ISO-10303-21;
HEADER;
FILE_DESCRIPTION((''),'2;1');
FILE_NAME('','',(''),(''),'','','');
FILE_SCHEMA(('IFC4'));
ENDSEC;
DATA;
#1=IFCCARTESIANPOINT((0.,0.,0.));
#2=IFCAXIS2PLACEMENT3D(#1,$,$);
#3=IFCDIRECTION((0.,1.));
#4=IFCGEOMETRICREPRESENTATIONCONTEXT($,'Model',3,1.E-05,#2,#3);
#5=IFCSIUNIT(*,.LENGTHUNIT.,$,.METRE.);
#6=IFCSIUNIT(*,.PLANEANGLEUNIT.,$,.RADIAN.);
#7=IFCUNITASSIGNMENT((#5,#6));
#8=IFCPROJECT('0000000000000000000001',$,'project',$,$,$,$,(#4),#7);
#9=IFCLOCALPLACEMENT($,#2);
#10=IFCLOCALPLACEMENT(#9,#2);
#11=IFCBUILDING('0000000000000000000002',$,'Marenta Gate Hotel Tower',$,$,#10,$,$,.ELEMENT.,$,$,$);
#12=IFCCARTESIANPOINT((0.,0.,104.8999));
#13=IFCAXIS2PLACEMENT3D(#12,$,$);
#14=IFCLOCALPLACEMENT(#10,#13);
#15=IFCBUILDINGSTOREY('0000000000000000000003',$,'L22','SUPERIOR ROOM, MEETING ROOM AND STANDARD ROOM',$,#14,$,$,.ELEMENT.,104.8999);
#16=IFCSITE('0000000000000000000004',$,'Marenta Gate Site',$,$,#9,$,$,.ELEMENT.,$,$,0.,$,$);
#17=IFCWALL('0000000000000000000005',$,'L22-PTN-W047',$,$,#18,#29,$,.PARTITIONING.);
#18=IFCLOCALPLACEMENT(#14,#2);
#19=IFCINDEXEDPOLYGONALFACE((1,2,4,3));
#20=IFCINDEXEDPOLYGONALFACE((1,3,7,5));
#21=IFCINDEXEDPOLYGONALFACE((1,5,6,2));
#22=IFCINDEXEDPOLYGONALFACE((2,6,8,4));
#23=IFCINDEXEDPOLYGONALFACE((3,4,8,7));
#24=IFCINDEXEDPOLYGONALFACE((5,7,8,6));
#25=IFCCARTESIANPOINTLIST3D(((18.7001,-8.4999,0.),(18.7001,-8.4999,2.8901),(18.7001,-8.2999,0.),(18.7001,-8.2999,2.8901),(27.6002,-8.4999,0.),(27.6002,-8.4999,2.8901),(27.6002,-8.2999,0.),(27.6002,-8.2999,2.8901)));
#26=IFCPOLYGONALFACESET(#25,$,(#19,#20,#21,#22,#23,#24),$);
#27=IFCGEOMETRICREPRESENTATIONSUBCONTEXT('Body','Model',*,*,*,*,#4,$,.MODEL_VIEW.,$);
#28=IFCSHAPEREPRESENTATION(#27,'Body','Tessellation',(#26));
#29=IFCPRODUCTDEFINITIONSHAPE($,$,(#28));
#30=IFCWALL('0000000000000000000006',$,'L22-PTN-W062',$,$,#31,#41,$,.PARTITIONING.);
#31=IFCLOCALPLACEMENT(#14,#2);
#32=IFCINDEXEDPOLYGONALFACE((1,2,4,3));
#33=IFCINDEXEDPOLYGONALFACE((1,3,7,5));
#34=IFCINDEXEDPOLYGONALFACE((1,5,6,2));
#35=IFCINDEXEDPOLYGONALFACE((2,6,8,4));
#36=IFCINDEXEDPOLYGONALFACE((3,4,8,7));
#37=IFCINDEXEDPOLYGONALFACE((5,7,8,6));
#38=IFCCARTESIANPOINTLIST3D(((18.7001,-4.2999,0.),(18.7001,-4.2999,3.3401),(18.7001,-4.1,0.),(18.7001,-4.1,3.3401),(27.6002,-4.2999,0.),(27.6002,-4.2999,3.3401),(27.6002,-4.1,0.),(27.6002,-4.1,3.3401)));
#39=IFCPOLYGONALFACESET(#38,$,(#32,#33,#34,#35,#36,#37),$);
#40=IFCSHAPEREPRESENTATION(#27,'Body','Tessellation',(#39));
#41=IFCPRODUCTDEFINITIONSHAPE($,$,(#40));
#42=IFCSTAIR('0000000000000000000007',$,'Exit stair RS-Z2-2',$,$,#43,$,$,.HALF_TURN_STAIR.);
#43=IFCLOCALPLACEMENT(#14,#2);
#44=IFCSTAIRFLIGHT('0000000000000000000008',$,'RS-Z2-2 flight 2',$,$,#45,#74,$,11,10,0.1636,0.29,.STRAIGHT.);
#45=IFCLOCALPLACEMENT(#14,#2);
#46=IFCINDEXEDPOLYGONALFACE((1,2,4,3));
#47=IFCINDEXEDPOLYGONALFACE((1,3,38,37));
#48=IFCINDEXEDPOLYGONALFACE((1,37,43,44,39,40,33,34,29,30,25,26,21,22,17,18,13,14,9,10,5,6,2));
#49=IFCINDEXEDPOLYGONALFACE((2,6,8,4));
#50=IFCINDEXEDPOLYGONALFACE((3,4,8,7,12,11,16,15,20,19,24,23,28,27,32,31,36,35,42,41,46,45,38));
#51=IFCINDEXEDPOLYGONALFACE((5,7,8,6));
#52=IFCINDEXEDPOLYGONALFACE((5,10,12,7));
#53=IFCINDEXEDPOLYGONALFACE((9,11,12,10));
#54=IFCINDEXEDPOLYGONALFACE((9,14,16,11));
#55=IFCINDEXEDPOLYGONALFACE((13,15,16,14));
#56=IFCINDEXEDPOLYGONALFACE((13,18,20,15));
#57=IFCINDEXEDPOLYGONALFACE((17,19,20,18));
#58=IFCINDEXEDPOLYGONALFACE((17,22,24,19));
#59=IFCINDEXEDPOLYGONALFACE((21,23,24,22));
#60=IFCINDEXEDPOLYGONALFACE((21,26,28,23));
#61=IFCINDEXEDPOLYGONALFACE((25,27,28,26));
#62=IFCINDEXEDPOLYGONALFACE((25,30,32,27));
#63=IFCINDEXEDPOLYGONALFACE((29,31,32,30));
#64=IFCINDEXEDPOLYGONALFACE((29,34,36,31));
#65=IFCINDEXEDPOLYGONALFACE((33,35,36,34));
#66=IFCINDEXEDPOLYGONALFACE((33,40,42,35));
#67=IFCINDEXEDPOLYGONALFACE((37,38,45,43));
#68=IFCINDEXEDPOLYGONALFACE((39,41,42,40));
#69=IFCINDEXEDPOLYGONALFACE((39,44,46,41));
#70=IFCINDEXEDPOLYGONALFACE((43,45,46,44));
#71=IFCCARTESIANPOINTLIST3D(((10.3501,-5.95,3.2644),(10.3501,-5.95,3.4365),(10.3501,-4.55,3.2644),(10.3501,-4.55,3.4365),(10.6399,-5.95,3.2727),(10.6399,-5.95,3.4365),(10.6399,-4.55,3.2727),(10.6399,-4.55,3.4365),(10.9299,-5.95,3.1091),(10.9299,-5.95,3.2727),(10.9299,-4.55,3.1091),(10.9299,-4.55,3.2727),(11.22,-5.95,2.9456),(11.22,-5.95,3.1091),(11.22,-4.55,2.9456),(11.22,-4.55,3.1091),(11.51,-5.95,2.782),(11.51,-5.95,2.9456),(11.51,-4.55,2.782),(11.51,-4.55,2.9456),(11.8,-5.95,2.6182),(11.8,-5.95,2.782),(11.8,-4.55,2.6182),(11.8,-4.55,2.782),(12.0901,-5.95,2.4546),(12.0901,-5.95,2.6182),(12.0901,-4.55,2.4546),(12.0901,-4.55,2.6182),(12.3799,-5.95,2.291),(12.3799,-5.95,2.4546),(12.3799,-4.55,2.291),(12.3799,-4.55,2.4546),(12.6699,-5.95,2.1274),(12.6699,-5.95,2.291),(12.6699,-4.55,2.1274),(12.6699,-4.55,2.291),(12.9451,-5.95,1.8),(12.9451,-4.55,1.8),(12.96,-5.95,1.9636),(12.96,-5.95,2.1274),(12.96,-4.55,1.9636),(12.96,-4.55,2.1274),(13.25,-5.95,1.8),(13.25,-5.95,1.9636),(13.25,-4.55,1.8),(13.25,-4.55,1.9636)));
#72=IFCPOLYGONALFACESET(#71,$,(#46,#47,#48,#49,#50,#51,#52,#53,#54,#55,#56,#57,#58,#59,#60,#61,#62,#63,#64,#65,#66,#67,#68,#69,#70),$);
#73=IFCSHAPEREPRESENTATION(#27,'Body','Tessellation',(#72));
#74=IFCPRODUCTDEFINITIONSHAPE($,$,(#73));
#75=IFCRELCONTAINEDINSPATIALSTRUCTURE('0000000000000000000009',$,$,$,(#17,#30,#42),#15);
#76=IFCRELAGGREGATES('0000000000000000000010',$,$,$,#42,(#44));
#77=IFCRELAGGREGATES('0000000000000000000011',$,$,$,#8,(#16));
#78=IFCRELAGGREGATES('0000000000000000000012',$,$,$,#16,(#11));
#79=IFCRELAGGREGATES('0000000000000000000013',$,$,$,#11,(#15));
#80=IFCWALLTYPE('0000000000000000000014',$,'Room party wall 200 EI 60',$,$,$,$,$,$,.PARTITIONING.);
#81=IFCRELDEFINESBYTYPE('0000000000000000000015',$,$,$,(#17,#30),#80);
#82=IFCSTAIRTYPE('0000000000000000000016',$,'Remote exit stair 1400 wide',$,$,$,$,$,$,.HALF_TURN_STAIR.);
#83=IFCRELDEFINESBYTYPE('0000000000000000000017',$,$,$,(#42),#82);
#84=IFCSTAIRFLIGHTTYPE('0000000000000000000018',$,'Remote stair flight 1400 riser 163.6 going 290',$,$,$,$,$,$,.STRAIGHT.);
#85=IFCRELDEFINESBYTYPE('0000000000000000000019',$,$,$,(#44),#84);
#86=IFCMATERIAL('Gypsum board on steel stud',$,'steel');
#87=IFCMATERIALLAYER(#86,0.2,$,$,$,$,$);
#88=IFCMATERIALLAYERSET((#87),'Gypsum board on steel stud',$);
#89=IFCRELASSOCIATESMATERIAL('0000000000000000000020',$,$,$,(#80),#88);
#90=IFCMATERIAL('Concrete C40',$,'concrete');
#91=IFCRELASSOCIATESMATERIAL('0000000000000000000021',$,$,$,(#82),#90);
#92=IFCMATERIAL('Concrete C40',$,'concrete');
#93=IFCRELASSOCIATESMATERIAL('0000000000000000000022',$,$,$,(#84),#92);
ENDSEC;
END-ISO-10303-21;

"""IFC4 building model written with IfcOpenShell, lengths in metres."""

from ifc_helpers import new_model, si_unit, direction, frame, frame_2d, origin, place, context, subcontext, project, spatial, polyline, rectangle, outline, extrude, material, layer, layer_set, type_object, element, aggregate, save


model = new_model("IFC4")

# Units and contexts
model_context = context("Model", 3, precision=1e-05, world=origin(), true_north=direction((0.0, 1.0)))
body_context = subcontext(model_context, "Body", "Model", "MODEL_VIEW")
ifc_project = project(units=[si_unit("LENGTHUNIT", "METRE"), si_unit("PLANEANGLEUNIT", "RADIAN")], contexts=[model_context])

# Site, building, storey
site_placement = place(None, origin())
site = spatial("IfcSite", under=ifc_project, at=site_placement, Name="Marenta Gate Site", CompositionType="ELEMENT", RefElevation=0.0)
building_placement = place(site_placement, origin())
building = spatial("IfcBuilding", under=site, at=building_placement, Name="Marenta Gate Hotel Tower", CompositionType="ELEMENT")
storey_placement = place(building_placement, frame((0.0, 0.0, 104.8999)))
storey = spatial("IfcBuildingStorey", under=building, at=storey_placement, Name="L22", Description="SUPERIOR ROOM, MEETING ROOM AND STANDARD ROOM", CompositionType="ELEMENT", Elevation=104.8999)

# Walls
ifc_material_1 = material(Name="Gypsum board on steel stud", Category="steel")
ifc_layer_1 = layer(ifc_material_1, 0.2)
ifc_layer_set_1 = layer_set([ifc_layer_1], Name="Gypsum board on steel stud")
wall_type_1 = type_object("IfcWallType", Name="Room party wall 200 EI 60", PredefinedType="PARTITIONING", material=ifc_layer_set_1)
wall_1_placement = place(storey_placement, frame((18.7, -8.3999, 0.0), z_axis=(0.0, 0.0, 1.0), x_axis=(1.0, 0.0, 0.0)))
element("IfcWall", 1, at=wall_1_placement, inside=storey, type_object=wall_type_1, Name="L22-PTN-W047", PredefinedType="PARTITIONING", context=body_context, shape_type="SweptSolid", body=[
    extrude(rectangle(XDim=8.9001, YDim=0.2, at=frame_2d((4.4502, 0.0))), origin(), (0.0, 0.0, 1.0), 2.8901),
])
wall_2_placement = place(storey_placement, frame((18.7, -4.2, 0.0), z_axis=(0.0, 0.0, 1.0), x_axis=(1.0, 0.0, 0.0)))
element("IfcWall", 2, at=wall_2_placement, inside=storey, type_object=wall_type_1, Name="L22-PTN-W062", PredefinedType="PARTITIONING", context=body_context, shape_type="SweptSolid", body=[
    extrude(rectangle(XDim=8.9001, YDim=0.2, at=frame_2d((4.4502, 0.0))), origin(), (0.0, 0.0, 1.0), 3.3401),
])

# Stair, stair flight
ifc_material_2 = material(Name="Concrete C40", Category="concrete")
stair_type = type_object("IfcStairType", Name="Remote exit stair 1400 wide", PredefinedType="HALF_TURN_STAIR", material=ifc_material_2)
stair_placement = place(storey_placement, origin())
stair = element("IfcStair", 3, at=stair_placement, inside=storey, type_object=stair_type, Name="Exit stair RS-Z2-2", PredefinedType="HALF_TURN_STAIR")
ifc_material_3 = material(Name="Concrete C40", Category="concrete")
stair_flight_type = type_object("IfcStairFlightType", Name="Remote stair flight 1400 riser 163.6 going 290", PredefinedType="STRAIGHT", material=ifc_material_3)
stair_flight_placement = place(storey_placement, frame((13.25, -5.25, 1.8), z_axis=(0.0, 0.0, 1.0), x_axis=(-1.0, 0.0, 0.0)))
stair_flight = element("IfcStairFlight", 4, at=stair_flight_placement, type_object=stair_flight_type, Name="RS-Z2-2 flight 2", NumberOfRisers=11, NumberOfTreads=10, PredefinedType="STRAIGHT", RiserHeight=0.1636, TreadLength=0.29, context=body_context, shape_type="SweptSolid", body=[
    extrude(outline(polyline([(0.0, 0.0), (0.0, 0.1636), (0.29, 0.1636), (0.29, 0.3274), (0.5801, 0.3274), (0.5801, 0.491), (0.8701, 0.491), (0.8701, 0.6545), (1.1599, 0.6545), (1.1599, 0.8181), (1.45, 0.8181), (1.45, 0.9819), (1.74, 0.9819), (1.74, 1.1455), (2.03, 1.1455), (2.03, 1.3091), (2.3201, 1.3091), (2.3201, 1.4727), (2.6101, 1.4727), (2.6101, 1.6365), (2.8999, 1.6365), (2.8999, 1.8), (2.8999, 1.4644), (0.3049, 0.0), (0.0, 0.0)])), frame((0.0, 0.7, 0.0), z_axis=(0.0, -1.0, 0.0), x_axis=(1.0, 0.0, 0.0)), (0.0, 0.0, 1.0), 1.3999),
])
aggregate(stair, [stair_flight])

save(model, "model.ifc")
